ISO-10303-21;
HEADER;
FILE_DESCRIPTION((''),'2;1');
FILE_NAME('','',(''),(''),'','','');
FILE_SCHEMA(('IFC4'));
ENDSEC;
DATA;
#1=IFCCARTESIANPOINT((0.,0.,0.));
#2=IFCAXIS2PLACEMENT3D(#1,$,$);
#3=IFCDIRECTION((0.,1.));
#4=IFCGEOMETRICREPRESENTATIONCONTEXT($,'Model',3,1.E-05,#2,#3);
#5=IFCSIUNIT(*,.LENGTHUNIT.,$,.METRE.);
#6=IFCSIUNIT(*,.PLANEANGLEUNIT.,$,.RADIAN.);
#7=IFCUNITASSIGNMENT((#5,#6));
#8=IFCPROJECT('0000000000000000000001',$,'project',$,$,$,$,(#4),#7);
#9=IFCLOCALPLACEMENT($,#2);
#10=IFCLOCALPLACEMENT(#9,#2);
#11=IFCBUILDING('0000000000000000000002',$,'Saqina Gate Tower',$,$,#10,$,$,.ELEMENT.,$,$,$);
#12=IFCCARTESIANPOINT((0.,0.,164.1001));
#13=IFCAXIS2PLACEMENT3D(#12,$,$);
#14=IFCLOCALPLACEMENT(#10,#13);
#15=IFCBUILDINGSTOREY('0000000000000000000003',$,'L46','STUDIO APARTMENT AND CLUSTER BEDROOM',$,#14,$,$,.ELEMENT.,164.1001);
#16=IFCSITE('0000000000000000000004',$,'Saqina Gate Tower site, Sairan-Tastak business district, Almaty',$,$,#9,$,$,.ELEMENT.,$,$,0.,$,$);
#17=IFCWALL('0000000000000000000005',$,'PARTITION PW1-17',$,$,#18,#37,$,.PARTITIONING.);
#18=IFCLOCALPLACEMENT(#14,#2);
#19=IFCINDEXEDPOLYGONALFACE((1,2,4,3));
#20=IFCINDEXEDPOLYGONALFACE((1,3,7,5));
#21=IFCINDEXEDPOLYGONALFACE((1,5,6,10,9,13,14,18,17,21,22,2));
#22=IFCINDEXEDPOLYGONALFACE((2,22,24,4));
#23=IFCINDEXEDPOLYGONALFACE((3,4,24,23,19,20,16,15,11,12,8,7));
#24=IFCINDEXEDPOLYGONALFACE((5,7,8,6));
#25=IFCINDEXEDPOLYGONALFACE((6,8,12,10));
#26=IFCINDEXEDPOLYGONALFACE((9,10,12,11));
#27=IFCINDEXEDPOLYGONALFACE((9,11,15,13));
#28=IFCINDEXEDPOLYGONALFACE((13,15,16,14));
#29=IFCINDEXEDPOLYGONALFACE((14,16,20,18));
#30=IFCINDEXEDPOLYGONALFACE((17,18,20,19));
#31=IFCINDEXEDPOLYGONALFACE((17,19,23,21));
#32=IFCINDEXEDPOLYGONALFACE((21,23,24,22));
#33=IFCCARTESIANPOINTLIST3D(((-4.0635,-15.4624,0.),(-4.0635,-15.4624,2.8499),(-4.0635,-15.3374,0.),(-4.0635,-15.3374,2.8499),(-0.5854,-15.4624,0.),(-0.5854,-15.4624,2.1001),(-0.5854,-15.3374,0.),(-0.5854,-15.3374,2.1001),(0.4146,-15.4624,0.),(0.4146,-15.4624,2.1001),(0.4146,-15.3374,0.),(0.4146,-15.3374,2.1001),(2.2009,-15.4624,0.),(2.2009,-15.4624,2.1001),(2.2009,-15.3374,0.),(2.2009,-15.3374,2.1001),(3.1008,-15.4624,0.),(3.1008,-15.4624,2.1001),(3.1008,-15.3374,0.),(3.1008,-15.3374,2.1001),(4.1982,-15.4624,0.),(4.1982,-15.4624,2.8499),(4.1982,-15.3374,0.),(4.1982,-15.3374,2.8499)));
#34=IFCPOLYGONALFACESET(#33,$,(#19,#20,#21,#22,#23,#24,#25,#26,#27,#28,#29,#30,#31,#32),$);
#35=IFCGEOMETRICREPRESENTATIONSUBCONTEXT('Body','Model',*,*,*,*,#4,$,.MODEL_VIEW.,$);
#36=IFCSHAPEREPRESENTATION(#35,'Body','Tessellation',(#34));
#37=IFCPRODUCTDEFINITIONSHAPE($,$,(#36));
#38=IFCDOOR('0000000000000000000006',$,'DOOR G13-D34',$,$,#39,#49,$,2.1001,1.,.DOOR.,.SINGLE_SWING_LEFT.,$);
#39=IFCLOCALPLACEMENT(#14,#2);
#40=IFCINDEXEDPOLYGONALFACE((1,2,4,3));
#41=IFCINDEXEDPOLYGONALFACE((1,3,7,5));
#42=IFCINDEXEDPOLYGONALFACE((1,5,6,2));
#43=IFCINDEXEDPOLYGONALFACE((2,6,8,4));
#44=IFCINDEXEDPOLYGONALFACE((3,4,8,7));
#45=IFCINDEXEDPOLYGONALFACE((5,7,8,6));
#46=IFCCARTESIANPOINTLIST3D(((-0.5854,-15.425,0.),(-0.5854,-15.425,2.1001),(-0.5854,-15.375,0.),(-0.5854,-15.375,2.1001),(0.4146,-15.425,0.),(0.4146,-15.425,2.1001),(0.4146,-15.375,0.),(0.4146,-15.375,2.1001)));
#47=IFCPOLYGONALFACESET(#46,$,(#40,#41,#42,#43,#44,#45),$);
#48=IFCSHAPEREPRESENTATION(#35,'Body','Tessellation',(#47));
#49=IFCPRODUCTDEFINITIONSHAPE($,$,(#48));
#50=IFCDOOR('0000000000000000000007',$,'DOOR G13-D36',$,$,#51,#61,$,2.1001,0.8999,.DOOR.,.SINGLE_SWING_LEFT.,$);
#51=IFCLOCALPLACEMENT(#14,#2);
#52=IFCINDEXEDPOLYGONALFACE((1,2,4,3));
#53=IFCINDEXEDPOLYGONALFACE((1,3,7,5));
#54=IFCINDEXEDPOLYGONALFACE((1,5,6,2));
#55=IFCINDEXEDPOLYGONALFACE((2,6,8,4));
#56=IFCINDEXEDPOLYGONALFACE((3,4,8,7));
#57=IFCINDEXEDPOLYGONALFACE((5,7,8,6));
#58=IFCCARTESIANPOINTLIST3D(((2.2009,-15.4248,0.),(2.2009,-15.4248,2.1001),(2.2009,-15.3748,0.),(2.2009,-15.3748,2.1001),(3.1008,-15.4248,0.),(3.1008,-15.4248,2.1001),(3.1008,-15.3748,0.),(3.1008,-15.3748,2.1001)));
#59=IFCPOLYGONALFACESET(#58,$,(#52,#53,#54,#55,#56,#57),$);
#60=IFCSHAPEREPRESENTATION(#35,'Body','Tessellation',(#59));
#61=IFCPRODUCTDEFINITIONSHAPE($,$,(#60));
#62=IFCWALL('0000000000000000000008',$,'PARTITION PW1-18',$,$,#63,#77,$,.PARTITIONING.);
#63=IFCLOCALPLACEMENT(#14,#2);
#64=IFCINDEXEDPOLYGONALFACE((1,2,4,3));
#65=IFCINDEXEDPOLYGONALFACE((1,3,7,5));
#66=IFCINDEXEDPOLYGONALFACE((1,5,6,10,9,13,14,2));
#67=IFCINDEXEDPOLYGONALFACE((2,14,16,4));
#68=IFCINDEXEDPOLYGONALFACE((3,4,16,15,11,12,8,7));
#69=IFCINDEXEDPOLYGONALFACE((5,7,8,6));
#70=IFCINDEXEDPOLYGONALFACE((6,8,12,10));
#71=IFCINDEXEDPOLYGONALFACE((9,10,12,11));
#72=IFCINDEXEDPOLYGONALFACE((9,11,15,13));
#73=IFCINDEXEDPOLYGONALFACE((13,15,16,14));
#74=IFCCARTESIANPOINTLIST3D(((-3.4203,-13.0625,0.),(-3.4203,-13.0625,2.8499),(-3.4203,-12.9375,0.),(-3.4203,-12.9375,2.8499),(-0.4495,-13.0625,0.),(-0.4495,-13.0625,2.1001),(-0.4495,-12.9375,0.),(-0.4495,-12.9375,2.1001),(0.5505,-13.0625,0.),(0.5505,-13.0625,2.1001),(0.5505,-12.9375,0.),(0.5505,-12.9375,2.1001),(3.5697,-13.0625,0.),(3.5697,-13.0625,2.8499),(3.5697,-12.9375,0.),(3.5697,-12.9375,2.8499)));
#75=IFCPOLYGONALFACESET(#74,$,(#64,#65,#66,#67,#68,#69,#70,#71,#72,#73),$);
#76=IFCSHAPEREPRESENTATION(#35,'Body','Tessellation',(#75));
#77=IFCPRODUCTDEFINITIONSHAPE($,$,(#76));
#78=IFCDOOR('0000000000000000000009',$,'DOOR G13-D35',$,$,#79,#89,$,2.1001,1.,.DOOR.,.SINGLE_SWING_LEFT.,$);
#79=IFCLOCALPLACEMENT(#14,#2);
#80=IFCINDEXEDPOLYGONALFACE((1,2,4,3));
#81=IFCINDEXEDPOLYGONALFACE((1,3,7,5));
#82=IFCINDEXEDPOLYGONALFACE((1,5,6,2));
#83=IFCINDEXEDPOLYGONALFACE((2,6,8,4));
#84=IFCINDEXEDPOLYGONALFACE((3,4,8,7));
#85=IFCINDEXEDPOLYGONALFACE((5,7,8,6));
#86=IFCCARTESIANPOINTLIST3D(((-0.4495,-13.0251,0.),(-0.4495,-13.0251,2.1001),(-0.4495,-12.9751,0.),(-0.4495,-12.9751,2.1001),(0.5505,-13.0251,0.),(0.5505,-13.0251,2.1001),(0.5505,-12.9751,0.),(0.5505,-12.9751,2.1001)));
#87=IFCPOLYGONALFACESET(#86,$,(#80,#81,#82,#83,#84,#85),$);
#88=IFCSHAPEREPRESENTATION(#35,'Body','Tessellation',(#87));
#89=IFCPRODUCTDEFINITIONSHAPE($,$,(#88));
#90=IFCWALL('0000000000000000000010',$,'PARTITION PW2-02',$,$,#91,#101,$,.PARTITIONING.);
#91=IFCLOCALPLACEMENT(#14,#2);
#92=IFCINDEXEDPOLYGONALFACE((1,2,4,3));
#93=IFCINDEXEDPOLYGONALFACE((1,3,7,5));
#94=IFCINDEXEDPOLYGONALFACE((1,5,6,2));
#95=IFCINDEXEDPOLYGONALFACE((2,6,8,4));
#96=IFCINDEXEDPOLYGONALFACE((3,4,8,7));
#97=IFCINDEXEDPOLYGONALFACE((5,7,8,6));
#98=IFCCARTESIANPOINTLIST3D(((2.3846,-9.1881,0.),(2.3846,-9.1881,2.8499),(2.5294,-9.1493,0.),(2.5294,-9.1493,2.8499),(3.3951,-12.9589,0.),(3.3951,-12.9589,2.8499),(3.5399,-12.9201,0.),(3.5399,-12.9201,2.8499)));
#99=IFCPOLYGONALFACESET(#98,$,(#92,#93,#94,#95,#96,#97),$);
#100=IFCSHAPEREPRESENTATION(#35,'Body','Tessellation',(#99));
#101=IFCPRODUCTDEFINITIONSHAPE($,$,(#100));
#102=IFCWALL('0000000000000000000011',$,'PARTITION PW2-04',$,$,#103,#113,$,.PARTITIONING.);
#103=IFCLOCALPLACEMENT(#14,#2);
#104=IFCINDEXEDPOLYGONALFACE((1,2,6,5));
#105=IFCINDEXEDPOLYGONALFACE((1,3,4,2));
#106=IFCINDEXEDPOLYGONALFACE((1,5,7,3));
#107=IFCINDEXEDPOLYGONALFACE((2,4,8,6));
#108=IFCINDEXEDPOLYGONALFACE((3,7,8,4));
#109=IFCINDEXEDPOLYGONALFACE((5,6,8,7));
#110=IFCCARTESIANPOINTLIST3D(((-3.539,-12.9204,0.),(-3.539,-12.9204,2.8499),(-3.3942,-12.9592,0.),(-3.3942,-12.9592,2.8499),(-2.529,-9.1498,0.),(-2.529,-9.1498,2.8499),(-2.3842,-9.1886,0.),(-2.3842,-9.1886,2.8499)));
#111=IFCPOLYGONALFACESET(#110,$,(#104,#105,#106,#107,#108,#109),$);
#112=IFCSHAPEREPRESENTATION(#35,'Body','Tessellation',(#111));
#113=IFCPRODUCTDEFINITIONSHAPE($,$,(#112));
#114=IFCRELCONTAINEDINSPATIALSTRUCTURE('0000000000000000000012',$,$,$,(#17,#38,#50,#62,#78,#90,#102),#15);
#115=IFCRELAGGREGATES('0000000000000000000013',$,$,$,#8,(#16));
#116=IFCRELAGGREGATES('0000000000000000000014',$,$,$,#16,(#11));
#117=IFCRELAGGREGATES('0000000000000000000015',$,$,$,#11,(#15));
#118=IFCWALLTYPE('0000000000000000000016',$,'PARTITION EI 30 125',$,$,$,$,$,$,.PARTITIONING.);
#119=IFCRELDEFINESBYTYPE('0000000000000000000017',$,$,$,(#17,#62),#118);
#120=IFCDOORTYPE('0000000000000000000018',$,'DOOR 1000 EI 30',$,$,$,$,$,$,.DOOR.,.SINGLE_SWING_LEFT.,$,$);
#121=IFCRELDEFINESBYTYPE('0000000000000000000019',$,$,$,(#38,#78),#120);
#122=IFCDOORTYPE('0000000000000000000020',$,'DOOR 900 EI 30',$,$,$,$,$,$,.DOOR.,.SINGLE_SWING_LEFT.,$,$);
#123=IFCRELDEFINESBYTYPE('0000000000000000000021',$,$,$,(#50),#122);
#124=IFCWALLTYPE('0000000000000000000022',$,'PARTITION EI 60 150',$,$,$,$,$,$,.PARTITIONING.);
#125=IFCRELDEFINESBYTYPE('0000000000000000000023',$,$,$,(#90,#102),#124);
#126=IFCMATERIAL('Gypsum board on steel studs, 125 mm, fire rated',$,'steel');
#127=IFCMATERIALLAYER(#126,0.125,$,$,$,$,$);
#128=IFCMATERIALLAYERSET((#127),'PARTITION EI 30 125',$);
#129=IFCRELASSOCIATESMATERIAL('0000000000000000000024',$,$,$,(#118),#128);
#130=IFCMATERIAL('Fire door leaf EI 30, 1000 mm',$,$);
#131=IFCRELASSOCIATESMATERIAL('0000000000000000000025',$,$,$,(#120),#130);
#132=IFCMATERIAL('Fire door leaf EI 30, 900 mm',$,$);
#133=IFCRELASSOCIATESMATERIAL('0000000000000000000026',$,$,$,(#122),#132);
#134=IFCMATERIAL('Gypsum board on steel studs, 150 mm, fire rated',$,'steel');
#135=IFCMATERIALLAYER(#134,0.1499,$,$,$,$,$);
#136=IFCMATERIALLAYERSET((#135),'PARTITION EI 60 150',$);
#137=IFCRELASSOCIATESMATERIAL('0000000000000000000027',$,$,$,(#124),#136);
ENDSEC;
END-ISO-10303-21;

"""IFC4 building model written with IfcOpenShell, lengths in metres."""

from ifc_helpers import new_model, si_unit, direction, frame, frame_2d, origin, place, context, subcontext, project, spatial, rectangle, extrude, material, layer, layer_set, type_object, element, fill, save


model = new_model("IFC4")

# Units and contexts
model_context = context("Model", 3, precision=1e-05, world=origin(), true_north=direction((0.0, 1.0)))
body_context = subcontext(model_context, "Body", "Model", "MODEL_VIEW")
ifc_project = project(units=[si_unit("LENGTHUNIT", "METRE"), si_unit("PLANEANGLEUNIT", "RADIAN")], contexts=[model_context])

# Site, building, storey
site_placement = place(None, origin())
site = spatial("IfcSite", under=ifc_project, at=site_placement, Name="Saqina Gate Tower site, Sairan-Tastak business district, Almaty", CompositionType="ELEMENT", RefElevation=0.0)
building_placement = place(site_placement, origin())
building = spatial("IfcBuilding", under=site, at=building_placement, Name="Saqina Gate Tower", CompositionType="ELEMENT")
storey_placement = place(building_placement, frame((0.0, 0.0, 164.1001)))
storey = spatial("IfcBuildingStorey", under=building, at=storey_placement, Name="L46", Description="STUDIO APARTMENT AND CLUSTER BEDROOM", CompositionType="ELEMENT", Elevation=164.1001)

# Wall, openings, doors
ifc_material_1 = material(Name="Gypsum board on steel studs, 125 mm, fire rated", Category="steel")
ifc_layer_1 = layer(ifc_material_1, 0.125)
ifc_layer_set_1 = layer_set([ifc_layer_1], Name="PARTITION EI 30 125")
wall_type_1 = type_object("IfcWallType", Name="PARTITION EI 30 125", PredefinedType="PARTITIONING", material=ifc_layer_set_1)
wall_1_placement = place(storey_placement, frame((-4.0635, -15.3999, 0.0), z_axis=(0.0, 0.0, 1.0), x_axis=(1.0, 0.0, 0.0)))
wall_1 = element("IfcWall", 1, at=wall_1_placement, inside=storey, type_object=wall_type_1, Name="PARTITION PW1-17", PredefinedType="PARTITIONING", context=body_context, shape_type="SweptSolid", body=[
    extrude(rectangle(XDim=8.2617, YDim=0.125, at=frame_2d((4.1309, 0.0))), origin(), (0.0, 0.0, 1.0), 2.8499),
])
opening_1_placement = place(wall_1_placement, frame((3.478, 0.0, 0.0)))
opening_1 = element("IfcOpeningElement", 2, at=opening_1_placement, cuts=wall_1, PredefinedType="OPENING", context=body_context, shape_type="SweptSolid", body=[
    extrude(rectangle(XDim=1.0, YDim=2.1001, at=frame_2d((0.5, 1.05))), frame((0.0, 0.0745, 0.0), z_axis=(0.0, -1.0, 0.0), x_axis=(1.0, 0.0, 0.0)), (0.0, 0.0, 1.0), 0.1489),
])
opening_2_placement = place(wall_1_placement, frame((6.2644, 0.0, 0.0)))
opening_2 = element("IfcOpeningElement", 3, at=opening_2_placement, cuts=wall_1, PredefinedType="OPENING", context=body_context, shape_type="SweptSolid", body=[
    extrude(rectangle(XDim=0.8999, YDim=2.1001, at=frame_2d((0.45, 1.05))), frame((0.0, 0.0745, 0.0), z_axis=(0.0, -1.0, 0.0), x_axis=(1.0, 0.0, 0.0)), (0.0, 0.0, 1.0), 0.1489),
])
ifc_material_2 = material(Name="Fire door leaf EI 30, 1000 mm")
door_type_1 = type_object("IfcDoorType", Name="DOOR 1000 EI 30", OperationType="SINGLE_SWING_LEFT", PredefinedType="DOOR", material=ifc_material_2)
door_1_placement = place(opening_1_placement, origin())
door_1 = element("IfcDoor", 4, at=door_1_placement, inside=storey, type_object=door_type_1, Name="DOOR G13-D34", OperationType="SINGLE_SWING_LEFT", OverallHeight=2.1001, OverallWidth=1.0, PredefinedType="DOOR", context=body_context, shape_type="SweptSolid", body=[
    extrude(rectangle(XDim=1.0, YDim=2.1001, at=frame_2d((0.5, 1.05))), frame((0.0, 0.0249, 0.0), z_axis=(0.0, -1.0, 0.0), x_axis=(1.0, 0.0, 0.0)), (0.0, 0.0, 1.0), 0.05),
])
fill(opening_1, door_1)
ifc_material_3 = material(Name="Fire door leaf EI 30, 900 mm")
door_type_2 = type_object("IfcDoorType", Name="DOOR 900 EI 30", OperationType="SINGLE_SWING_LEFT", PredefinedType="DOOR", material=ifc_material_3)
door_2_placement = place(opening_2_placement, frame((0.8999, 0.0, 0.0), z_axis=(0.0, 0.0, 1.0), x_axis=(-1.0, 0.0, 0.0)))
door_2 = element("IfcDoor", 5, at=door_2_placement, inside=storey, type_object=door_type_2, Name="DOOR G13-D36", OperationType="SINGLE_SWING_LEFT", OverallHeight=2.1001, OverallWidth=0.8999, PredefinedType="DOOR", context=body_context, shape_type="SweptSolid", body=[
    extrude(rectangle(XDim=0.8999, YDim=2.1001, at=frame_2d((0.45, 1.05))), frame((0.0, 0.0249, 0.0), z_axis=(0.0, -1.0, 0.0), x_axis=(1.0, 0.0, 0.0)), (0.0, 0.0, 1.0), 0.05),
])
fill(opening_2, door_2)

# Wall, opening, door
wall_2_placement = place(storey_placement, frame((-3.4204, -13.0, 0.0), z_axis=(0.0, 0.0, 1.0), x_axis=(1.0, 0.0, 0.0)))
wall_2 = element("IfcWall", 6, at=wall_2_placement, inside=storey, type_object=wall_type_1, Name="PARTITION PW1-18", PredefinedType="PARTITIONING", context=body_context, shape_type="SweptSolid", body=[
    extrude(rectangle(XDim=6.99, YDim=0.125, at=frame_2d((3.4951, 0.0))), origin(), (0.0, 0.0, 1.0), 2.8499),
])
opening_3_placement = place(wall_2_placement, frame((2.9709, 0.0, 0.0)))
opening_3 = element("IfcOpeningElement", 7, at=opening_3_placement, cuts=wall_2, PredefinedType="OPENING", context=body_context, shape_type="SweptSolid", body=[
    extrude(rectangle(XDim=1.0, YDim=2.1001, at=frame_2d((0.5, 1.05))), frame((0.0, 0.0745, 0.0), z_axis=(0.0, -1.0, 0.0), x_axis=(1.0, 0.0, 0.0)), (0.0, 0.0, 1.0), 0.1489),
])
door_3_placement = place(opening_3_placement, origin())
door_3 = element("IfcDoor", 8, at=door_3_placement, inside=storey, type_object=door_type_1, Name="DOOR G13-D35", OperationType="SINGLE_SWING_LEFT", OverallHeight=2.1001, OverallWidth=1.0, PredefinedType="DOOR", context=body_context, shape_type="SweptSolid", body=[
    extrude(rectangle(XDim=1.0, YDim=2.1001, at=frame_2d((0.5, 1.05))), frame((0.0, 0.0249, 0.0), z_axis=(0.0, -1.0, 0.0), x_axis=(1.0, 0.0, 0.0)), (0.0, 0.0, 1.0), 0.05),
])
fill(opening_3, door_3)

# Walls
ifc_material_4 = material(Name="Gypsum board on steel studs, 150 mm, fire rated", Category="steel")
ifc_layer_2 = layer(ifc_material_4, 0.1499)
ifc_layer_set_2 = layer_set([ifc_layer_2], Name="PARTITION EI 60 150")
wall_type_2 = type_object("IfcWallType", Name="PARTITION EI 60 150", PredefinedType="PARTITIONING", material=ifc_layer_set_2)
wall_3_placement = place(storey_placement, frame((2.457, -9.1687, 0.0), z_axis=(0.0, 0.0, 1.0), x_axis=(0.25885, -0.965918, 0.0)))
element("IfcWall", 9, at=wall_3_placement, inside=storey, type_object=wall_type_2, Name="PARTITION PW2-02", PredefinedType="PARTITIONING", context=body_context, shape_type="SweptSolid", body=[
    extrude(rectangle(XDim=3.9038, YDim=0.1499, at=frame_2d((1.9519, 0.0))), origin(), (0.0, 0.0, 1.0), 2.8499),
])
wall_4_placement = place(storey_placement, frame((-3.4666, -12.9397, 0.0), z_axis=(0.0, 0.0, 1.0), x_axis=(0.258733, 0.965949, 0.0)))
element("IfcWall", 10, at=wall_4_placement, inside=storey, type_object=wall_type_2, Name="PARTITION PW2-04", PredefinedType="PARTITIONING", context=body_context, shape_type="SweptSolid", body=[
    extrude(rectangle(XDim=3.9036, YDim=0.1499, at=frame_2d((1.9517, 0.0))), origin(), (0.0, 0.0, 1.0), 2.8499),
])

save(model, "model.ifc")
